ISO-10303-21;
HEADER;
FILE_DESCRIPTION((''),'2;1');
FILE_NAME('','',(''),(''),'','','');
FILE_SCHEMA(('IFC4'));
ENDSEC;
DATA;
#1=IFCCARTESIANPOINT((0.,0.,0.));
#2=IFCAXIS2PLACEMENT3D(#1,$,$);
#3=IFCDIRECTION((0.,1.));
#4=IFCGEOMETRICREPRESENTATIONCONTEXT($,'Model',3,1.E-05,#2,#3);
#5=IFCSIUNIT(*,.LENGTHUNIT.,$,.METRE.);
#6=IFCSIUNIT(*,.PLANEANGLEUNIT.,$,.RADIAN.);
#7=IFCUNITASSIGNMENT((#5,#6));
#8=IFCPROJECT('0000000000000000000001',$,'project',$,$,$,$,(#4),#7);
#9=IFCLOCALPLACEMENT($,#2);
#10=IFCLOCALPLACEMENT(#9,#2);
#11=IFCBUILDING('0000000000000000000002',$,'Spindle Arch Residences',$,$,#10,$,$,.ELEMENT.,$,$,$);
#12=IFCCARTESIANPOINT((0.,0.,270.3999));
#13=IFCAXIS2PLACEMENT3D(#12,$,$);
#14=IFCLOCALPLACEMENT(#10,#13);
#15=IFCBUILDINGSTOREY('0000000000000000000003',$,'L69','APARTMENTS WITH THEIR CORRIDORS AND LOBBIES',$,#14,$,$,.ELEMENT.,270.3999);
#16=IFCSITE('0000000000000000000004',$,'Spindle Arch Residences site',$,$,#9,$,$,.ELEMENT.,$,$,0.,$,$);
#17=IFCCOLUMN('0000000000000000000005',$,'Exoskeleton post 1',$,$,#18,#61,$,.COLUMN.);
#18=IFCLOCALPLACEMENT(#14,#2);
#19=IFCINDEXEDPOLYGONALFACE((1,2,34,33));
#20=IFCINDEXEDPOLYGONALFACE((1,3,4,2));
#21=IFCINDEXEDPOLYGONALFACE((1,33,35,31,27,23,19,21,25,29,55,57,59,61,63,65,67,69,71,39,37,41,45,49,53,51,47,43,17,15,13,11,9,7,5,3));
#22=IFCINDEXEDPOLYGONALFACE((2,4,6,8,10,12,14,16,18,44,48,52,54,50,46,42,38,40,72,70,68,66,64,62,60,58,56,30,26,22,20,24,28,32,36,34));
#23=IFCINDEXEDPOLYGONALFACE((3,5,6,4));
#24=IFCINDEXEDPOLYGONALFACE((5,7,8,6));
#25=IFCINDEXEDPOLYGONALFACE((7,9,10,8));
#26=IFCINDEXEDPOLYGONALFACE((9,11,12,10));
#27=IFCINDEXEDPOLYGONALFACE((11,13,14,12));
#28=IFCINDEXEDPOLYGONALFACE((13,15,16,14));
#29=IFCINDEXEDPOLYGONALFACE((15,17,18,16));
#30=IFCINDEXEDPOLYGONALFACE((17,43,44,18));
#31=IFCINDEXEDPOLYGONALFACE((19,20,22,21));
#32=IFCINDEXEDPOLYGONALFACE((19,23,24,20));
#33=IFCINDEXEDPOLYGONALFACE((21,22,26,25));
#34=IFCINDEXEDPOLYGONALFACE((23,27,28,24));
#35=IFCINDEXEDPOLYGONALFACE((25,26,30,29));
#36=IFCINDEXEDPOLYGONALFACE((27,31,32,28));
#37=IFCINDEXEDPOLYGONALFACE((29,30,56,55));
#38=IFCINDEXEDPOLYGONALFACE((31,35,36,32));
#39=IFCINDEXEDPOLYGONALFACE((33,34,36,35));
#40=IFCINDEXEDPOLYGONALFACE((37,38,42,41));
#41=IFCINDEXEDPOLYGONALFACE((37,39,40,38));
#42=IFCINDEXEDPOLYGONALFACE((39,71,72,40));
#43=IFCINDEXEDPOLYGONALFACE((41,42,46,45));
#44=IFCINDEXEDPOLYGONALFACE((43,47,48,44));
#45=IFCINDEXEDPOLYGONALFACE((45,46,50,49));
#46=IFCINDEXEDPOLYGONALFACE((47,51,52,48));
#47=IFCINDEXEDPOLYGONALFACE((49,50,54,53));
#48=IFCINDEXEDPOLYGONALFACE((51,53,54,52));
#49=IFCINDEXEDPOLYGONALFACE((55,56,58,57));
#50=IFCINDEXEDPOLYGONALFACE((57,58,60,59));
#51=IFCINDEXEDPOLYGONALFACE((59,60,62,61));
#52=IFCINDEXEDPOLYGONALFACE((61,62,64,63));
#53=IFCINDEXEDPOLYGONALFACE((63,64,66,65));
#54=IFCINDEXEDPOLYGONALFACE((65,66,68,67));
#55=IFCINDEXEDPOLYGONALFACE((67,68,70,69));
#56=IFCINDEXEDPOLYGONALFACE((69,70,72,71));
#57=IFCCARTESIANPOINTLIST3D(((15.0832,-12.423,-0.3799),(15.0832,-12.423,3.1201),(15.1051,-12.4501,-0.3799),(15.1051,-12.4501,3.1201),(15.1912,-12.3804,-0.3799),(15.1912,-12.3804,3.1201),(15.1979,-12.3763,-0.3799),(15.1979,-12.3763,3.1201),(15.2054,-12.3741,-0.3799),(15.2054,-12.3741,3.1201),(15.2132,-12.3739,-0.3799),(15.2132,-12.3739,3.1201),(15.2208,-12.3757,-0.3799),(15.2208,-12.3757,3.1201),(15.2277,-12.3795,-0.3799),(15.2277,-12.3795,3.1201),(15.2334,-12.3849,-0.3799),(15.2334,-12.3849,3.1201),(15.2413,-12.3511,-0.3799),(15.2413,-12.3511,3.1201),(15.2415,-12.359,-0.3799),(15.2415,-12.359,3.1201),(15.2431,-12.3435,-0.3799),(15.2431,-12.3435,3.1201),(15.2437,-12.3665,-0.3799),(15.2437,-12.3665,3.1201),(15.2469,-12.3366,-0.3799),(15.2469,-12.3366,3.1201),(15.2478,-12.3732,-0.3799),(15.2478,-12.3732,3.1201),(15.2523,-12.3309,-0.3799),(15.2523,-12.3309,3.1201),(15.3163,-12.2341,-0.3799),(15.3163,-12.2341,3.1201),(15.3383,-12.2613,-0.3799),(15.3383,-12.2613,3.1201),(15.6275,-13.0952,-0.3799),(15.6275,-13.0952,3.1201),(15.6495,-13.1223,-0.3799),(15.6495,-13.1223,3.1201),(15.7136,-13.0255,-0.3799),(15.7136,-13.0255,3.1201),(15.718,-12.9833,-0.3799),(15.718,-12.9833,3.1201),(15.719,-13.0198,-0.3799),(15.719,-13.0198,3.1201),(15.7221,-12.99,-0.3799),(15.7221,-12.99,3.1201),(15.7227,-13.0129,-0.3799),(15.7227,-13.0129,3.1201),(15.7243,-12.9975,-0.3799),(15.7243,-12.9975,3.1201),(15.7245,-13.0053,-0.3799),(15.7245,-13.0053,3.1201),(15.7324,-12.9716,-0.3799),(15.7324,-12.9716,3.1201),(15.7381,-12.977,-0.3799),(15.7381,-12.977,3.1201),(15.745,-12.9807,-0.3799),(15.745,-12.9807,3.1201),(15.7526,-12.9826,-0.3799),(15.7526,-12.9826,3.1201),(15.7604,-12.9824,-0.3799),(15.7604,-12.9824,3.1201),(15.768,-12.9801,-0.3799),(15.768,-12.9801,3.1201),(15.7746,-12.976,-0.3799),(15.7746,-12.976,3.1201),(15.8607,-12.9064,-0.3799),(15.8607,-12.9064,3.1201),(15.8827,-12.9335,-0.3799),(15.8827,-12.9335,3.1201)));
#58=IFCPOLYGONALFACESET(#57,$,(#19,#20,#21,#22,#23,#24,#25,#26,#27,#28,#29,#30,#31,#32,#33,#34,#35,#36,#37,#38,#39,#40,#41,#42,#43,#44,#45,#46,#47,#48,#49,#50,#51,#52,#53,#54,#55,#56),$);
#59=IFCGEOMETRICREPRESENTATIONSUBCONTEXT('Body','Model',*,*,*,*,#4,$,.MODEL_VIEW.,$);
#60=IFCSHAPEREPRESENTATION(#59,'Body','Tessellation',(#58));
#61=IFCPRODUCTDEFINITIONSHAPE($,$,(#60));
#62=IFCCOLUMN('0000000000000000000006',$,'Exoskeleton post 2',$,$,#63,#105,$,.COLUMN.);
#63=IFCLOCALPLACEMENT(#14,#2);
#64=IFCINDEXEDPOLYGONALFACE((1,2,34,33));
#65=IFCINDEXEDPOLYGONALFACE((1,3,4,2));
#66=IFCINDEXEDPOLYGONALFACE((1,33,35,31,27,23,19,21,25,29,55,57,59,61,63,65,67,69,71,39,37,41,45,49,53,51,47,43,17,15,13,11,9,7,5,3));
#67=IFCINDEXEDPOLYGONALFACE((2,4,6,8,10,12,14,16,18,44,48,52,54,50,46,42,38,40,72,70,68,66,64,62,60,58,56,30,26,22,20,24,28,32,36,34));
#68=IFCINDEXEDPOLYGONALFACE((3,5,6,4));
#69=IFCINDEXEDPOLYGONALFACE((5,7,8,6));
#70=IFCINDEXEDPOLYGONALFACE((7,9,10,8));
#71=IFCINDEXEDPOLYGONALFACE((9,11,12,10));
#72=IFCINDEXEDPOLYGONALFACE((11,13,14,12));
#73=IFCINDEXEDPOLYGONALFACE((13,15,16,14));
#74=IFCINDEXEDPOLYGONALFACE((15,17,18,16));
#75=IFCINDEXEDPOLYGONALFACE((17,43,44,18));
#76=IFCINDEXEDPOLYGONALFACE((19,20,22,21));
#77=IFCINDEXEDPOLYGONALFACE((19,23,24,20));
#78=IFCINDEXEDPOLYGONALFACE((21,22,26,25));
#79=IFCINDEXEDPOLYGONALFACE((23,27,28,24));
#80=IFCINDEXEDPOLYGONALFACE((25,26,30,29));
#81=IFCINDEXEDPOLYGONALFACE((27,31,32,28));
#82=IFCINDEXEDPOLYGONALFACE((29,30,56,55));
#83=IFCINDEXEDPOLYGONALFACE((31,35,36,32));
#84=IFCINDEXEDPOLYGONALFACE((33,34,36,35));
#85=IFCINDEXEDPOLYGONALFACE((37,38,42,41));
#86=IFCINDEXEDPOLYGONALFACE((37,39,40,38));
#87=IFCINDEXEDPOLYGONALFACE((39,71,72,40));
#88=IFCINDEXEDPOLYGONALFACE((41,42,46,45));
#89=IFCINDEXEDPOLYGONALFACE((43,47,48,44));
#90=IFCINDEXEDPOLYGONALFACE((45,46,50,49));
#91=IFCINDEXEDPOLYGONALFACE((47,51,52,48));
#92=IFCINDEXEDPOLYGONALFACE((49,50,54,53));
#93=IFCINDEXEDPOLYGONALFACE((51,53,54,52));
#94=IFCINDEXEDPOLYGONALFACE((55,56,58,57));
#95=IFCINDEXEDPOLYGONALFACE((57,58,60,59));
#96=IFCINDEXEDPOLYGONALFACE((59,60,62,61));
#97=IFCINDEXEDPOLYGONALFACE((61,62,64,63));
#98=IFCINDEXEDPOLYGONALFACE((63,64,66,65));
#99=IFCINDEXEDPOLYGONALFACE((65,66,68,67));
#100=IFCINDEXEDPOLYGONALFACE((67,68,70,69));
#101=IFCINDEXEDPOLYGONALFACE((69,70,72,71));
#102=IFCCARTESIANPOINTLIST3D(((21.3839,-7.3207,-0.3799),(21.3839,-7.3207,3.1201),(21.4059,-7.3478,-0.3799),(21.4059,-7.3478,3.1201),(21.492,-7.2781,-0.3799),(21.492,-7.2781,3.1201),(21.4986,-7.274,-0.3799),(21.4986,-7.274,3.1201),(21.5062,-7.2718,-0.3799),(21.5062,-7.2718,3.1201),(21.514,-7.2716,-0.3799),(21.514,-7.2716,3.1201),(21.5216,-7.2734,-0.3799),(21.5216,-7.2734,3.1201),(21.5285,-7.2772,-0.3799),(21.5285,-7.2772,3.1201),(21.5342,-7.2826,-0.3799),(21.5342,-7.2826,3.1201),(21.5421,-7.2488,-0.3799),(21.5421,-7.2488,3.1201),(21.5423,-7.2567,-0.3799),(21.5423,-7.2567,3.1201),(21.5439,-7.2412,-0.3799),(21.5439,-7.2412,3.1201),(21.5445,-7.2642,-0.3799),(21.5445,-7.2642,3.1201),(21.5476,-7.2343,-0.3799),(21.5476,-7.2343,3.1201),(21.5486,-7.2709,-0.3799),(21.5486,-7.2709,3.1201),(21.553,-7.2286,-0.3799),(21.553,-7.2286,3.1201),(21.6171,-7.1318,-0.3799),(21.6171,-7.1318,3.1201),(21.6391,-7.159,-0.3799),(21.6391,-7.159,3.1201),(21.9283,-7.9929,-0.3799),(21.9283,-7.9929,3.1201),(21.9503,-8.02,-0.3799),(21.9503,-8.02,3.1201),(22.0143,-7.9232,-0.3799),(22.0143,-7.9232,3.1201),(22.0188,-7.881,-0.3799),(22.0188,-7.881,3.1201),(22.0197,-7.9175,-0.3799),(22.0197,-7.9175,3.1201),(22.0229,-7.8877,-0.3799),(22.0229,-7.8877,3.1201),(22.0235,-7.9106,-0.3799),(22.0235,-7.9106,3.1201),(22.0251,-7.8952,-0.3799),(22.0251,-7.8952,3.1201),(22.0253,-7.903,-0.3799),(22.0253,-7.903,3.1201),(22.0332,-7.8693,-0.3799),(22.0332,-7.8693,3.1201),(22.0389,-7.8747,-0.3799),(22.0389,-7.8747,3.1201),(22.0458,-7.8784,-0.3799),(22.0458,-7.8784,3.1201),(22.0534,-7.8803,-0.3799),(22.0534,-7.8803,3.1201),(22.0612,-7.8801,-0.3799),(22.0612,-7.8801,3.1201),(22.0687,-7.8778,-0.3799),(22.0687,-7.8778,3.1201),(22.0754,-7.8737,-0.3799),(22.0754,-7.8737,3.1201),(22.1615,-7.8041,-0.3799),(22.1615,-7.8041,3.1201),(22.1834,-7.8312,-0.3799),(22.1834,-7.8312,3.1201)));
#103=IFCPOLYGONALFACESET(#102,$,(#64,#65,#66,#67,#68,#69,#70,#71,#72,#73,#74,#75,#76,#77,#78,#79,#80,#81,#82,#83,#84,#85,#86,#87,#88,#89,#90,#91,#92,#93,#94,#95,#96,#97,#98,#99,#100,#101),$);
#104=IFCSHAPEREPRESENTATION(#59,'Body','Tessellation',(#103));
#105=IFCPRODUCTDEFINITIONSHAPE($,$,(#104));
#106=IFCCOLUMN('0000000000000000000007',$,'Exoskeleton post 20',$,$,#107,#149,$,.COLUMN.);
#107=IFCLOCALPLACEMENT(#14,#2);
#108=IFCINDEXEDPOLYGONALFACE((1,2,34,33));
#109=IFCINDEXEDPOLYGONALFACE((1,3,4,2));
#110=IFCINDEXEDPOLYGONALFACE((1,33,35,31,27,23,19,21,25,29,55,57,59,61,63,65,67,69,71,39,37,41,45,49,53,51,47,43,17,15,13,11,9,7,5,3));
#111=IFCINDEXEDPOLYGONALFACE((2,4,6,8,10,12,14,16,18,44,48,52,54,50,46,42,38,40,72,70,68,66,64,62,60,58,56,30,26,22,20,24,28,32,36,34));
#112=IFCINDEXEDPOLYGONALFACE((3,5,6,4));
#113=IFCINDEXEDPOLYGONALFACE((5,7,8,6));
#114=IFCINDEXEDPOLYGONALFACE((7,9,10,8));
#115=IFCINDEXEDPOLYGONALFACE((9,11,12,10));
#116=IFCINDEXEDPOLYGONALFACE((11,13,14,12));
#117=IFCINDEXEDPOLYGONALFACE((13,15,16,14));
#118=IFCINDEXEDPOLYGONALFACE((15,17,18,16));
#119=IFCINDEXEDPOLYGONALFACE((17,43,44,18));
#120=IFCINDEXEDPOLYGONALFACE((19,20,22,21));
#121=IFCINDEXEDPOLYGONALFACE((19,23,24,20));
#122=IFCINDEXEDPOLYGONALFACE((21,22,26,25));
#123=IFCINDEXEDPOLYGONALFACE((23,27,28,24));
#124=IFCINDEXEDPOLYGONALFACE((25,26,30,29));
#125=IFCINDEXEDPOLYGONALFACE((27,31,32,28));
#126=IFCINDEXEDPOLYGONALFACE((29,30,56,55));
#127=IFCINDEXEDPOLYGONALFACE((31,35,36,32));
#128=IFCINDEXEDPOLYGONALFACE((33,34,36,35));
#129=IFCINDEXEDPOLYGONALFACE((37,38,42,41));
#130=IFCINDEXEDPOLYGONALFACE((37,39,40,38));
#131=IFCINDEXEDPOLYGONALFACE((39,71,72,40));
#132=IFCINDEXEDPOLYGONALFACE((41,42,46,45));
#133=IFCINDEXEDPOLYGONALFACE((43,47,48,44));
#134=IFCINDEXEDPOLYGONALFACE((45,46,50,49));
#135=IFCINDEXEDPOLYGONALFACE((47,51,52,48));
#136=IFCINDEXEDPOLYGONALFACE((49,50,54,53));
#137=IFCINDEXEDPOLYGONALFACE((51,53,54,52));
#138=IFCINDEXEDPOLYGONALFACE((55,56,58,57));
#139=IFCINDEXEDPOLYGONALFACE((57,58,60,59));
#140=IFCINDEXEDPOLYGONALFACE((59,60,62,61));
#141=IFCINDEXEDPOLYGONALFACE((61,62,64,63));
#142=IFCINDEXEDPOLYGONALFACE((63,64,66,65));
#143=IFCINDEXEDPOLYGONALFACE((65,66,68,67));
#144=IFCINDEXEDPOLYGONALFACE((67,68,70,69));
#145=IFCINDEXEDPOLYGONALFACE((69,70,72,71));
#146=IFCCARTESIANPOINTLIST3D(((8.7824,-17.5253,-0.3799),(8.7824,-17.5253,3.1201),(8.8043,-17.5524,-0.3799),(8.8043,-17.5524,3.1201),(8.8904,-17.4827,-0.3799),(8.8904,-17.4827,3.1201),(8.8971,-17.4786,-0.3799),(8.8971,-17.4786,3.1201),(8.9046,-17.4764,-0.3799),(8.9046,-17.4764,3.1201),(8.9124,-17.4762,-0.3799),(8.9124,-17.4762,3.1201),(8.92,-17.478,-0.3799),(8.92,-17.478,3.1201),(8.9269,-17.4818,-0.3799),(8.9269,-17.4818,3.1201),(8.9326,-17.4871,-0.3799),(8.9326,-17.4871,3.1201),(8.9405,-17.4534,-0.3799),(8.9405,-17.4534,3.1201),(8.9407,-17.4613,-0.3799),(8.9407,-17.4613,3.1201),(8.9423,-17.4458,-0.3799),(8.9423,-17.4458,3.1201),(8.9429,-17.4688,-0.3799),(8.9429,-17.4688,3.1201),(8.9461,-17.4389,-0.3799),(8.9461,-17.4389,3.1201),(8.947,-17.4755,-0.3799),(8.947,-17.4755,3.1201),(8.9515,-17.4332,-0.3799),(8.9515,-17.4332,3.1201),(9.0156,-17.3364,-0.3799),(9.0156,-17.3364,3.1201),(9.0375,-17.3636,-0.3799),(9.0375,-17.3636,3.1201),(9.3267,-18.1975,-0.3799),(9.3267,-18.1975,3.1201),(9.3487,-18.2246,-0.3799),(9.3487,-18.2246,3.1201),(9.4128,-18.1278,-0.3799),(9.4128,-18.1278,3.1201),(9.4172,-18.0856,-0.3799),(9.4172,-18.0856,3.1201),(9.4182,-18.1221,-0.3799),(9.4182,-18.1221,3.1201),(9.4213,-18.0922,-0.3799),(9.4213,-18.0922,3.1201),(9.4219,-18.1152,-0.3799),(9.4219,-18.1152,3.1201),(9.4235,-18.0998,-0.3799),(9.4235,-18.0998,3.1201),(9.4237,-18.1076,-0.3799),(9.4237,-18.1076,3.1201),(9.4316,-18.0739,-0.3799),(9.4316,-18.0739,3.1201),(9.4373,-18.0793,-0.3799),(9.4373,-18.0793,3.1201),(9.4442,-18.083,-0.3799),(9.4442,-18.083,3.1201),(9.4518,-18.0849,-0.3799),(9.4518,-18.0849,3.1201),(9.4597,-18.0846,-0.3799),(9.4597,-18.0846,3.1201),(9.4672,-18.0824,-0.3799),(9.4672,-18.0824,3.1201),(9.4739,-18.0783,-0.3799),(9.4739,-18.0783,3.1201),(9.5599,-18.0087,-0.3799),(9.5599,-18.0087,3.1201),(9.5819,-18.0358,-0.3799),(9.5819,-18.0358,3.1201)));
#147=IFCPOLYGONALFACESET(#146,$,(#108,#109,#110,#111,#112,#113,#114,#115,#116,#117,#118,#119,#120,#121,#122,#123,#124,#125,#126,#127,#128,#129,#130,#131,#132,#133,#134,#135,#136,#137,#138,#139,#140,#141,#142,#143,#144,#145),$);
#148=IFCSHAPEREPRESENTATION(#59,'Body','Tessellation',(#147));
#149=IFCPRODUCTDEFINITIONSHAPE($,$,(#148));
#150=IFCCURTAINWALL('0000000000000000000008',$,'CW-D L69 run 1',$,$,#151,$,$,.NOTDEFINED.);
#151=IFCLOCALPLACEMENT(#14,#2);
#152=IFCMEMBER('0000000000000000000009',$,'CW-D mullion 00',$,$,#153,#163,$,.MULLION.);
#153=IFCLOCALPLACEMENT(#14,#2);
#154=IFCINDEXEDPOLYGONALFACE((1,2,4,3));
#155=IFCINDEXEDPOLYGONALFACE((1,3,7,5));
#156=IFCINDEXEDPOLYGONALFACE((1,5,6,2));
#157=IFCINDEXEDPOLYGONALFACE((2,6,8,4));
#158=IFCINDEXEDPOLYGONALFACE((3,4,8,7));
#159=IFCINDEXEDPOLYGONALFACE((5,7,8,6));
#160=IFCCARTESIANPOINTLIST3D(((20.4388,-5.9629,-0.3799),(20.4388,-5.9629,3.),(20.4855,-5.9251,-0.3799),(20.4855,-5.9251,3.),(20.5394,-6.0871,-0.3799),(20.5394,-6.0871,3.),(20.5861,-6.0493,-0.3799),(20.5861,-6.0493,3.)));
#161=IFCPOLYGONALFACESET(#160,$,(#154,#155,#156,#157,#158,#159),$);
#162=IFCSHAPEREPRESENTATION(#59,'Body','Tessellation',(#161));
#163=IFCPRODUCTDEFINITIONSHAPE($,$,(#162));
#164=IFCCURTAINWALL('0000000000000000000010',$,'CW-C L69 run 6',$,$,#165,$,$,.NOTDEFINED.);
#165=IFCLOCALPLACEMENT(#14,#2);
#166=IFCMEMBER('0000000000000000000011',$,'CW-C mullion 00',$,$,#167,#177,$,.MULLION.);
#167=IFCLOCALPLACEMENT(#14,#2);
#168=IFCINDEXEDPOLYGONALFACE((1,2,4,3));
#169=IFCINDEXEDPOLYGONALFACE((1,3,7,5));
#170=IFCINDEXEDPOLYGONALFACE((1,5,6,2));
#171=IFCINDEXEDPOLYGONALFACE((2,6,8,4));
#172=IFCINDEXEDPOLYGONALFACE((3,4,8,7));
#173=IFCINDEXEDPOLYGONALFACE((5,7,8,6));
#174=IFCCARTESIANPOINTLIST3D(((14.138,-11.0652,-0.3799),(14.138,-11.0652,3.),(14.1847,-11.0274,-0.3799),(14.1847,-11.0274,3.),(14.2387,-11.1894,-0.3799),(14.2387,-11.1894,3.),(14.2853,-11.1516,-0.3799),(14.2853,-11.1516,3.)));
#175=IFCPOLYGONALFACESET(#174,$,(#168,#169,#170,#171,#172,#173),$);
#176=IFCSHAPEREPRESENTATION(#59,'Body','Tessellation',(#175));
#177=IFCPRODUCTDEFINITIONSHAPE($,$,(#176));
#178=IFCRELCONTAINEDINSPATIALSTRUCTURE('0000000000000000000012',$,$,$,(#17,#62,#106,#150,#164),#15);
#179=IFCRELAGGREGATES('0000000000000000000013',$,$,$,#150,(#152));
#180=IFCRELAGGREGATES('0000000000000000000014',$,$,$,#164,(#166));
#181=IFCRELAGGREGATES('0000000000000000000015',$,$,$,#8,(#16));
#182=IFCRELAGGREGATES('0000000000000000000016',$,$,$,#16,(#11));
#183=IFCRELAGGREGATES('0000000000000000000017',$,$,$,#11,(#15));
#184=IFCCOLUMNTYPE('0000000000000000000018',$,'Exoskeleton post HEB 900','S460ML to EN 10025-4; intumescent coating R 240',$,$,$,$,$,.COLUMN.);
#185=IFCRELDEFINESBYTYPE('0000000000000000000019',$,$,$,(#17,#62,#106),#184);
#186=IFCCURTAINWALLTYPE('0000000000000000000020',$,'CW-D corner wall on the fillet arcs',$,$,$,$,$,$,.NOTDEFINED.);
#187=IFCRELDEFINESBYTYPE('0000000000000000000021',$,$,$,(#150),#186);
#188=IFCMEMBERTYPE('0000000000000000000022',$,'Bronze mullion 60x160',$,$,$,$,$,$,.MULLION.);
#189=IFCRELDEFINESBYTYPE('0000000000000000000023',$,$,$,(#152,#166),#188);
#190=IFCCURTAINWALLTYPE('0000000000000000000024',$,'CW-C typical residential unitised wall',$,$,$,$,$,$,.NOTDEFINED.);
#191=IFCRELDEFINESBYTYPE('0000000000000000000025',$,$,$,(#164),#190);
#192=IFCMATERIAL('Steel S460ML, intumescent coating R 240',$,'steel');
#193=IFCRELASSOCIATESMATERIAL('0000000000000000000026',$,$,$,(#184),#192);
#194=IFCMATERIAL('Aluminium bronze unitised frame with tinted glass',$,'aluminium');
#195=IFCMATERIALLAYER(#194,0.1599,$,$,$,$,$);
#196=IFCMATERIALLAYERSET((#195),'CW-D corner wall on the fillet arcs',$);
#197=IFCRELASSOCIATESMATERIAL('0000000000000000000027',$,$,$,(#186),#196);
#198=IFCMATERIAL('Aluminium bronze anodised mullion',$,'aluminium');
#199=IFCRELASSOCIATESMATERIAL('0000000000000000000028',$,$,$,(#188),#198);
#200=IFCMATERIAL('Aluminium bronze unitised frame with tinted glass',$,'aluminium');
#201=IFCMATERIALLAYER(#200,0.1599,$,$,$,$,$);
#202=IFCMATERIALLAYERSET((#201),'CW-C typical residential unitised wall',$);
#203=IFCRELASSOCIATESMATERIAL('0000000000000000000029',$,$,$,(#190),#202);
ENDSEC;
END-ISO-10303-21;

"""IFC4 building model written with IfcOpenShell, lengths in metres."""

from ifc_helpers import new_model, si_unit, direction, frame, origin, origin_2d, place, context, subcontext, project, spatial, rectangle, i_section, extrude, material, layer, layer_set, material_profile, profile_set, type_object, element, aggregate, save


model = new_model("IFC4")

# Units and contexts
model_context = context("Model", 3, precision=1e-05, world=origin(), true_north=direction((0.0, 1.0)))
body_context = subcontext(model_context, "Body", "Model", "MODEL_VIEW")
ifc_project = project(units=[si_unit("LENGTHUNIT", "METRE"), si_unit("PLANEANGLEUNIT", "RADIAN")], contexts=[model_context])

# Site, building, storey
site_placement = place(None, origin())
site = spatial("IfcSite", under=ifc_project, at=site_placement, Name="Spindle Arch Residences site", CompositionType="ELEMENT", RefElevation=0.0)
building_placement = place(site_placement, origin())
building = spatial("IfcBuilding", under=site, at=building_placement, Name="Spindle Arch Residences", CompositionType="ELEMENT")
storey_placement = place(building_placement, frame((0.0, 0.0, 270.3999)))
storey = spatial("IfcBuildingStorey", under=building, at=storey_placement, Name="L69", Description="APARTMENTS WITH THEIR CORRIDORS AND LOBBIES", CompositionType="ELEMENT", Elevation=270.3999)

# Columns
ifc_material_1 = material(Name="Steel S460ML, intumescent coating R 240", Category="steel")
ifc_material_profile_1 = material_profile(ifc_material_1, i_section(OverallWidth=0.3, OverallDepth=0.8999, WebThickness=0.0186, FlangeThickness=0.0349, FilletRadius=0.03, at=origin_2d()), Name="HEB 900")
ifc_profile_set_1 = profile_set([ifc_material_profile_1], Name="Steel S460ML, intumescent coating R 240")
column_type = type_object("IfcColumnType", Name="Exoskeleton post HEB 900", Description="S460ML to EN 10025-4; intumescent coating R 240", PredefinedType="COLUMN", material=ifc_profile_set_1)
for number, where, z_axis, x_axis, name in (
    (1, (15.4829, -12.6782, -0.3799), (0.0, 0.0, 1.0), (-0.777146, -0.62932, 0.0), "Exoskeleton post 1"),
    (2, (21.7837, -7.5759, -0.3799), (0.0, 0.0, 1.0), (-0.777146, -0.62932, 0.0), "Exoskeleton post 2"),
    (3, (9.1821, -17.7805, -0.3799), (0.0, 0.0, 1.0), (-0.777146, -0.62932, 0.0), "Exoskeleton post 20"),
):
    element("IfcColumn", number, at=place(storey_placement, frame(where, z_axis=z_axis, x_axis=x_axis)), inside=storey, type_object=column_type, Name=name, PredefinedType="COLUMN", context=body_context, shape_type="SweptSolid", body=[
        extrude(i_section(OverallWidth=0.3, OverallDepth=0.8999, WebThickness=0.0186, FlangeThickness=0.0349, FilletRadius=0.03, at=origin_2d()), origin(), (0.0, 0.0, 1.0), 3.5),
    ])

# Curtain walls, members
ifc_material_2 = material(Name="Aluminium bronze unitised frame with tinted glass", Category="aluminium")
ifc_layer_1 = layer(ifc_material_2, 0.1599)
ifc_layer_set_1 = layer_set([ifc_layer_1], Name="CW-D corner wall on the fillet arcs")
curtain_wall_type_1 = type_object("IfcCurtainWallType", Name="CW-D corner wall on the fillet arcs", PredefinedType="NOTDEFINED", material=ifc_layer_set_1)
curtain_wall_1_placement = place(storey_placement, origin())
curtain_wall_1 = element("IfcCurtainWall", 4, at=curtain_wall_1_placement, inside=storey, type_object=curtain_wall_type_1, Name="CW-D L69 run 1", PredefinedType="NOTDEFINED")
ifc_material_3 = material(Name="Aluminium bronze anodised mullion", Category="aluminium")
ifc_material_profile_2 = material_profile(ifc_material_3, rectangle(XDim=0.1599, YDim=0.0601, at=origin_2d()), Name="MU 60x160")
ifc_profile_set_2 = profile_set([ifc_material_profile_2], Name="Aluminium bronze anodised mullion")
member_type = type_object("IfcMemberType", Name="Bronze mullion 60x160", PredefinedType="MULLION", material=ifc_profile_set_2)
member_1_placement = place(storey_placement, frame((20.5125, -6.0061, -0.3799), z_axis=(0.0, 0.0, 1.0), x_axis=(-0.62932, 0.777146, 0.0)))
member_1 = element("IfcMember", 5, at=member_1_placement, type_object=member_type, Name="CW-D mullion 00", PredefinedType="MULLION", context=body_context, shape_type="SweptSolid", body=[
    extrude(rectangle(XDim=0.1599, YDim=0.0601, at=origin_2d()), origin(), (0.0, 0.0, 1.0), 3.3799),
])
aggregate(curtain_wall_1, [member_1])
ifc_material_4 = material(Name="Aluminium bronze unitised frame with tinted glass", Category="aluminium")
ifc_layer_2 = layer(ifc_material_4, 0.1599)
ifc_layer_set_2 = layer_set([ifc_layer_2], Name="CW-C typical residential unitised wall")
curtain_wall_type_2 = type_object("IfcCurtainWallType", Name="CW-C typical residential unitised wall", PredefinedType="NOTDEFINED", material=ifc_layer_set_2)
curtain_wall_2_placement = place(storey_placement, origin())
curtain_wall_2 = element("IfcCurtainWall", 6, at=curtain_wall_2_placement, inside=storey, type_object=curtain_wall_type_2, Name="CW-C L69 run 6", PredefinedType="NOTDEFINED")
member_2_placement = place(storey_placement, frame((14.2117, -11.1084, -0.3799), z_axis=(0.0, 0.0, 1.0), x_axis=(-0.62932, 0.777146, 0.0)))
member_2 = element("IfcMember", 7, at=member_2_placement, type_object=member_type, Name="CW-C mullion 00", PredefinedType="MULLION", context=body_context, shape_type="SweptSolid", body=[
    extrude(rectangle(XDim=0.1599, YDim=0.0601, at=origin_2d()), origin(), (0.0, 0.0, 1.0), 3.3799),
])

aggregate(curtain_wall_2, [member_2])

save(model, "model.ifc")
